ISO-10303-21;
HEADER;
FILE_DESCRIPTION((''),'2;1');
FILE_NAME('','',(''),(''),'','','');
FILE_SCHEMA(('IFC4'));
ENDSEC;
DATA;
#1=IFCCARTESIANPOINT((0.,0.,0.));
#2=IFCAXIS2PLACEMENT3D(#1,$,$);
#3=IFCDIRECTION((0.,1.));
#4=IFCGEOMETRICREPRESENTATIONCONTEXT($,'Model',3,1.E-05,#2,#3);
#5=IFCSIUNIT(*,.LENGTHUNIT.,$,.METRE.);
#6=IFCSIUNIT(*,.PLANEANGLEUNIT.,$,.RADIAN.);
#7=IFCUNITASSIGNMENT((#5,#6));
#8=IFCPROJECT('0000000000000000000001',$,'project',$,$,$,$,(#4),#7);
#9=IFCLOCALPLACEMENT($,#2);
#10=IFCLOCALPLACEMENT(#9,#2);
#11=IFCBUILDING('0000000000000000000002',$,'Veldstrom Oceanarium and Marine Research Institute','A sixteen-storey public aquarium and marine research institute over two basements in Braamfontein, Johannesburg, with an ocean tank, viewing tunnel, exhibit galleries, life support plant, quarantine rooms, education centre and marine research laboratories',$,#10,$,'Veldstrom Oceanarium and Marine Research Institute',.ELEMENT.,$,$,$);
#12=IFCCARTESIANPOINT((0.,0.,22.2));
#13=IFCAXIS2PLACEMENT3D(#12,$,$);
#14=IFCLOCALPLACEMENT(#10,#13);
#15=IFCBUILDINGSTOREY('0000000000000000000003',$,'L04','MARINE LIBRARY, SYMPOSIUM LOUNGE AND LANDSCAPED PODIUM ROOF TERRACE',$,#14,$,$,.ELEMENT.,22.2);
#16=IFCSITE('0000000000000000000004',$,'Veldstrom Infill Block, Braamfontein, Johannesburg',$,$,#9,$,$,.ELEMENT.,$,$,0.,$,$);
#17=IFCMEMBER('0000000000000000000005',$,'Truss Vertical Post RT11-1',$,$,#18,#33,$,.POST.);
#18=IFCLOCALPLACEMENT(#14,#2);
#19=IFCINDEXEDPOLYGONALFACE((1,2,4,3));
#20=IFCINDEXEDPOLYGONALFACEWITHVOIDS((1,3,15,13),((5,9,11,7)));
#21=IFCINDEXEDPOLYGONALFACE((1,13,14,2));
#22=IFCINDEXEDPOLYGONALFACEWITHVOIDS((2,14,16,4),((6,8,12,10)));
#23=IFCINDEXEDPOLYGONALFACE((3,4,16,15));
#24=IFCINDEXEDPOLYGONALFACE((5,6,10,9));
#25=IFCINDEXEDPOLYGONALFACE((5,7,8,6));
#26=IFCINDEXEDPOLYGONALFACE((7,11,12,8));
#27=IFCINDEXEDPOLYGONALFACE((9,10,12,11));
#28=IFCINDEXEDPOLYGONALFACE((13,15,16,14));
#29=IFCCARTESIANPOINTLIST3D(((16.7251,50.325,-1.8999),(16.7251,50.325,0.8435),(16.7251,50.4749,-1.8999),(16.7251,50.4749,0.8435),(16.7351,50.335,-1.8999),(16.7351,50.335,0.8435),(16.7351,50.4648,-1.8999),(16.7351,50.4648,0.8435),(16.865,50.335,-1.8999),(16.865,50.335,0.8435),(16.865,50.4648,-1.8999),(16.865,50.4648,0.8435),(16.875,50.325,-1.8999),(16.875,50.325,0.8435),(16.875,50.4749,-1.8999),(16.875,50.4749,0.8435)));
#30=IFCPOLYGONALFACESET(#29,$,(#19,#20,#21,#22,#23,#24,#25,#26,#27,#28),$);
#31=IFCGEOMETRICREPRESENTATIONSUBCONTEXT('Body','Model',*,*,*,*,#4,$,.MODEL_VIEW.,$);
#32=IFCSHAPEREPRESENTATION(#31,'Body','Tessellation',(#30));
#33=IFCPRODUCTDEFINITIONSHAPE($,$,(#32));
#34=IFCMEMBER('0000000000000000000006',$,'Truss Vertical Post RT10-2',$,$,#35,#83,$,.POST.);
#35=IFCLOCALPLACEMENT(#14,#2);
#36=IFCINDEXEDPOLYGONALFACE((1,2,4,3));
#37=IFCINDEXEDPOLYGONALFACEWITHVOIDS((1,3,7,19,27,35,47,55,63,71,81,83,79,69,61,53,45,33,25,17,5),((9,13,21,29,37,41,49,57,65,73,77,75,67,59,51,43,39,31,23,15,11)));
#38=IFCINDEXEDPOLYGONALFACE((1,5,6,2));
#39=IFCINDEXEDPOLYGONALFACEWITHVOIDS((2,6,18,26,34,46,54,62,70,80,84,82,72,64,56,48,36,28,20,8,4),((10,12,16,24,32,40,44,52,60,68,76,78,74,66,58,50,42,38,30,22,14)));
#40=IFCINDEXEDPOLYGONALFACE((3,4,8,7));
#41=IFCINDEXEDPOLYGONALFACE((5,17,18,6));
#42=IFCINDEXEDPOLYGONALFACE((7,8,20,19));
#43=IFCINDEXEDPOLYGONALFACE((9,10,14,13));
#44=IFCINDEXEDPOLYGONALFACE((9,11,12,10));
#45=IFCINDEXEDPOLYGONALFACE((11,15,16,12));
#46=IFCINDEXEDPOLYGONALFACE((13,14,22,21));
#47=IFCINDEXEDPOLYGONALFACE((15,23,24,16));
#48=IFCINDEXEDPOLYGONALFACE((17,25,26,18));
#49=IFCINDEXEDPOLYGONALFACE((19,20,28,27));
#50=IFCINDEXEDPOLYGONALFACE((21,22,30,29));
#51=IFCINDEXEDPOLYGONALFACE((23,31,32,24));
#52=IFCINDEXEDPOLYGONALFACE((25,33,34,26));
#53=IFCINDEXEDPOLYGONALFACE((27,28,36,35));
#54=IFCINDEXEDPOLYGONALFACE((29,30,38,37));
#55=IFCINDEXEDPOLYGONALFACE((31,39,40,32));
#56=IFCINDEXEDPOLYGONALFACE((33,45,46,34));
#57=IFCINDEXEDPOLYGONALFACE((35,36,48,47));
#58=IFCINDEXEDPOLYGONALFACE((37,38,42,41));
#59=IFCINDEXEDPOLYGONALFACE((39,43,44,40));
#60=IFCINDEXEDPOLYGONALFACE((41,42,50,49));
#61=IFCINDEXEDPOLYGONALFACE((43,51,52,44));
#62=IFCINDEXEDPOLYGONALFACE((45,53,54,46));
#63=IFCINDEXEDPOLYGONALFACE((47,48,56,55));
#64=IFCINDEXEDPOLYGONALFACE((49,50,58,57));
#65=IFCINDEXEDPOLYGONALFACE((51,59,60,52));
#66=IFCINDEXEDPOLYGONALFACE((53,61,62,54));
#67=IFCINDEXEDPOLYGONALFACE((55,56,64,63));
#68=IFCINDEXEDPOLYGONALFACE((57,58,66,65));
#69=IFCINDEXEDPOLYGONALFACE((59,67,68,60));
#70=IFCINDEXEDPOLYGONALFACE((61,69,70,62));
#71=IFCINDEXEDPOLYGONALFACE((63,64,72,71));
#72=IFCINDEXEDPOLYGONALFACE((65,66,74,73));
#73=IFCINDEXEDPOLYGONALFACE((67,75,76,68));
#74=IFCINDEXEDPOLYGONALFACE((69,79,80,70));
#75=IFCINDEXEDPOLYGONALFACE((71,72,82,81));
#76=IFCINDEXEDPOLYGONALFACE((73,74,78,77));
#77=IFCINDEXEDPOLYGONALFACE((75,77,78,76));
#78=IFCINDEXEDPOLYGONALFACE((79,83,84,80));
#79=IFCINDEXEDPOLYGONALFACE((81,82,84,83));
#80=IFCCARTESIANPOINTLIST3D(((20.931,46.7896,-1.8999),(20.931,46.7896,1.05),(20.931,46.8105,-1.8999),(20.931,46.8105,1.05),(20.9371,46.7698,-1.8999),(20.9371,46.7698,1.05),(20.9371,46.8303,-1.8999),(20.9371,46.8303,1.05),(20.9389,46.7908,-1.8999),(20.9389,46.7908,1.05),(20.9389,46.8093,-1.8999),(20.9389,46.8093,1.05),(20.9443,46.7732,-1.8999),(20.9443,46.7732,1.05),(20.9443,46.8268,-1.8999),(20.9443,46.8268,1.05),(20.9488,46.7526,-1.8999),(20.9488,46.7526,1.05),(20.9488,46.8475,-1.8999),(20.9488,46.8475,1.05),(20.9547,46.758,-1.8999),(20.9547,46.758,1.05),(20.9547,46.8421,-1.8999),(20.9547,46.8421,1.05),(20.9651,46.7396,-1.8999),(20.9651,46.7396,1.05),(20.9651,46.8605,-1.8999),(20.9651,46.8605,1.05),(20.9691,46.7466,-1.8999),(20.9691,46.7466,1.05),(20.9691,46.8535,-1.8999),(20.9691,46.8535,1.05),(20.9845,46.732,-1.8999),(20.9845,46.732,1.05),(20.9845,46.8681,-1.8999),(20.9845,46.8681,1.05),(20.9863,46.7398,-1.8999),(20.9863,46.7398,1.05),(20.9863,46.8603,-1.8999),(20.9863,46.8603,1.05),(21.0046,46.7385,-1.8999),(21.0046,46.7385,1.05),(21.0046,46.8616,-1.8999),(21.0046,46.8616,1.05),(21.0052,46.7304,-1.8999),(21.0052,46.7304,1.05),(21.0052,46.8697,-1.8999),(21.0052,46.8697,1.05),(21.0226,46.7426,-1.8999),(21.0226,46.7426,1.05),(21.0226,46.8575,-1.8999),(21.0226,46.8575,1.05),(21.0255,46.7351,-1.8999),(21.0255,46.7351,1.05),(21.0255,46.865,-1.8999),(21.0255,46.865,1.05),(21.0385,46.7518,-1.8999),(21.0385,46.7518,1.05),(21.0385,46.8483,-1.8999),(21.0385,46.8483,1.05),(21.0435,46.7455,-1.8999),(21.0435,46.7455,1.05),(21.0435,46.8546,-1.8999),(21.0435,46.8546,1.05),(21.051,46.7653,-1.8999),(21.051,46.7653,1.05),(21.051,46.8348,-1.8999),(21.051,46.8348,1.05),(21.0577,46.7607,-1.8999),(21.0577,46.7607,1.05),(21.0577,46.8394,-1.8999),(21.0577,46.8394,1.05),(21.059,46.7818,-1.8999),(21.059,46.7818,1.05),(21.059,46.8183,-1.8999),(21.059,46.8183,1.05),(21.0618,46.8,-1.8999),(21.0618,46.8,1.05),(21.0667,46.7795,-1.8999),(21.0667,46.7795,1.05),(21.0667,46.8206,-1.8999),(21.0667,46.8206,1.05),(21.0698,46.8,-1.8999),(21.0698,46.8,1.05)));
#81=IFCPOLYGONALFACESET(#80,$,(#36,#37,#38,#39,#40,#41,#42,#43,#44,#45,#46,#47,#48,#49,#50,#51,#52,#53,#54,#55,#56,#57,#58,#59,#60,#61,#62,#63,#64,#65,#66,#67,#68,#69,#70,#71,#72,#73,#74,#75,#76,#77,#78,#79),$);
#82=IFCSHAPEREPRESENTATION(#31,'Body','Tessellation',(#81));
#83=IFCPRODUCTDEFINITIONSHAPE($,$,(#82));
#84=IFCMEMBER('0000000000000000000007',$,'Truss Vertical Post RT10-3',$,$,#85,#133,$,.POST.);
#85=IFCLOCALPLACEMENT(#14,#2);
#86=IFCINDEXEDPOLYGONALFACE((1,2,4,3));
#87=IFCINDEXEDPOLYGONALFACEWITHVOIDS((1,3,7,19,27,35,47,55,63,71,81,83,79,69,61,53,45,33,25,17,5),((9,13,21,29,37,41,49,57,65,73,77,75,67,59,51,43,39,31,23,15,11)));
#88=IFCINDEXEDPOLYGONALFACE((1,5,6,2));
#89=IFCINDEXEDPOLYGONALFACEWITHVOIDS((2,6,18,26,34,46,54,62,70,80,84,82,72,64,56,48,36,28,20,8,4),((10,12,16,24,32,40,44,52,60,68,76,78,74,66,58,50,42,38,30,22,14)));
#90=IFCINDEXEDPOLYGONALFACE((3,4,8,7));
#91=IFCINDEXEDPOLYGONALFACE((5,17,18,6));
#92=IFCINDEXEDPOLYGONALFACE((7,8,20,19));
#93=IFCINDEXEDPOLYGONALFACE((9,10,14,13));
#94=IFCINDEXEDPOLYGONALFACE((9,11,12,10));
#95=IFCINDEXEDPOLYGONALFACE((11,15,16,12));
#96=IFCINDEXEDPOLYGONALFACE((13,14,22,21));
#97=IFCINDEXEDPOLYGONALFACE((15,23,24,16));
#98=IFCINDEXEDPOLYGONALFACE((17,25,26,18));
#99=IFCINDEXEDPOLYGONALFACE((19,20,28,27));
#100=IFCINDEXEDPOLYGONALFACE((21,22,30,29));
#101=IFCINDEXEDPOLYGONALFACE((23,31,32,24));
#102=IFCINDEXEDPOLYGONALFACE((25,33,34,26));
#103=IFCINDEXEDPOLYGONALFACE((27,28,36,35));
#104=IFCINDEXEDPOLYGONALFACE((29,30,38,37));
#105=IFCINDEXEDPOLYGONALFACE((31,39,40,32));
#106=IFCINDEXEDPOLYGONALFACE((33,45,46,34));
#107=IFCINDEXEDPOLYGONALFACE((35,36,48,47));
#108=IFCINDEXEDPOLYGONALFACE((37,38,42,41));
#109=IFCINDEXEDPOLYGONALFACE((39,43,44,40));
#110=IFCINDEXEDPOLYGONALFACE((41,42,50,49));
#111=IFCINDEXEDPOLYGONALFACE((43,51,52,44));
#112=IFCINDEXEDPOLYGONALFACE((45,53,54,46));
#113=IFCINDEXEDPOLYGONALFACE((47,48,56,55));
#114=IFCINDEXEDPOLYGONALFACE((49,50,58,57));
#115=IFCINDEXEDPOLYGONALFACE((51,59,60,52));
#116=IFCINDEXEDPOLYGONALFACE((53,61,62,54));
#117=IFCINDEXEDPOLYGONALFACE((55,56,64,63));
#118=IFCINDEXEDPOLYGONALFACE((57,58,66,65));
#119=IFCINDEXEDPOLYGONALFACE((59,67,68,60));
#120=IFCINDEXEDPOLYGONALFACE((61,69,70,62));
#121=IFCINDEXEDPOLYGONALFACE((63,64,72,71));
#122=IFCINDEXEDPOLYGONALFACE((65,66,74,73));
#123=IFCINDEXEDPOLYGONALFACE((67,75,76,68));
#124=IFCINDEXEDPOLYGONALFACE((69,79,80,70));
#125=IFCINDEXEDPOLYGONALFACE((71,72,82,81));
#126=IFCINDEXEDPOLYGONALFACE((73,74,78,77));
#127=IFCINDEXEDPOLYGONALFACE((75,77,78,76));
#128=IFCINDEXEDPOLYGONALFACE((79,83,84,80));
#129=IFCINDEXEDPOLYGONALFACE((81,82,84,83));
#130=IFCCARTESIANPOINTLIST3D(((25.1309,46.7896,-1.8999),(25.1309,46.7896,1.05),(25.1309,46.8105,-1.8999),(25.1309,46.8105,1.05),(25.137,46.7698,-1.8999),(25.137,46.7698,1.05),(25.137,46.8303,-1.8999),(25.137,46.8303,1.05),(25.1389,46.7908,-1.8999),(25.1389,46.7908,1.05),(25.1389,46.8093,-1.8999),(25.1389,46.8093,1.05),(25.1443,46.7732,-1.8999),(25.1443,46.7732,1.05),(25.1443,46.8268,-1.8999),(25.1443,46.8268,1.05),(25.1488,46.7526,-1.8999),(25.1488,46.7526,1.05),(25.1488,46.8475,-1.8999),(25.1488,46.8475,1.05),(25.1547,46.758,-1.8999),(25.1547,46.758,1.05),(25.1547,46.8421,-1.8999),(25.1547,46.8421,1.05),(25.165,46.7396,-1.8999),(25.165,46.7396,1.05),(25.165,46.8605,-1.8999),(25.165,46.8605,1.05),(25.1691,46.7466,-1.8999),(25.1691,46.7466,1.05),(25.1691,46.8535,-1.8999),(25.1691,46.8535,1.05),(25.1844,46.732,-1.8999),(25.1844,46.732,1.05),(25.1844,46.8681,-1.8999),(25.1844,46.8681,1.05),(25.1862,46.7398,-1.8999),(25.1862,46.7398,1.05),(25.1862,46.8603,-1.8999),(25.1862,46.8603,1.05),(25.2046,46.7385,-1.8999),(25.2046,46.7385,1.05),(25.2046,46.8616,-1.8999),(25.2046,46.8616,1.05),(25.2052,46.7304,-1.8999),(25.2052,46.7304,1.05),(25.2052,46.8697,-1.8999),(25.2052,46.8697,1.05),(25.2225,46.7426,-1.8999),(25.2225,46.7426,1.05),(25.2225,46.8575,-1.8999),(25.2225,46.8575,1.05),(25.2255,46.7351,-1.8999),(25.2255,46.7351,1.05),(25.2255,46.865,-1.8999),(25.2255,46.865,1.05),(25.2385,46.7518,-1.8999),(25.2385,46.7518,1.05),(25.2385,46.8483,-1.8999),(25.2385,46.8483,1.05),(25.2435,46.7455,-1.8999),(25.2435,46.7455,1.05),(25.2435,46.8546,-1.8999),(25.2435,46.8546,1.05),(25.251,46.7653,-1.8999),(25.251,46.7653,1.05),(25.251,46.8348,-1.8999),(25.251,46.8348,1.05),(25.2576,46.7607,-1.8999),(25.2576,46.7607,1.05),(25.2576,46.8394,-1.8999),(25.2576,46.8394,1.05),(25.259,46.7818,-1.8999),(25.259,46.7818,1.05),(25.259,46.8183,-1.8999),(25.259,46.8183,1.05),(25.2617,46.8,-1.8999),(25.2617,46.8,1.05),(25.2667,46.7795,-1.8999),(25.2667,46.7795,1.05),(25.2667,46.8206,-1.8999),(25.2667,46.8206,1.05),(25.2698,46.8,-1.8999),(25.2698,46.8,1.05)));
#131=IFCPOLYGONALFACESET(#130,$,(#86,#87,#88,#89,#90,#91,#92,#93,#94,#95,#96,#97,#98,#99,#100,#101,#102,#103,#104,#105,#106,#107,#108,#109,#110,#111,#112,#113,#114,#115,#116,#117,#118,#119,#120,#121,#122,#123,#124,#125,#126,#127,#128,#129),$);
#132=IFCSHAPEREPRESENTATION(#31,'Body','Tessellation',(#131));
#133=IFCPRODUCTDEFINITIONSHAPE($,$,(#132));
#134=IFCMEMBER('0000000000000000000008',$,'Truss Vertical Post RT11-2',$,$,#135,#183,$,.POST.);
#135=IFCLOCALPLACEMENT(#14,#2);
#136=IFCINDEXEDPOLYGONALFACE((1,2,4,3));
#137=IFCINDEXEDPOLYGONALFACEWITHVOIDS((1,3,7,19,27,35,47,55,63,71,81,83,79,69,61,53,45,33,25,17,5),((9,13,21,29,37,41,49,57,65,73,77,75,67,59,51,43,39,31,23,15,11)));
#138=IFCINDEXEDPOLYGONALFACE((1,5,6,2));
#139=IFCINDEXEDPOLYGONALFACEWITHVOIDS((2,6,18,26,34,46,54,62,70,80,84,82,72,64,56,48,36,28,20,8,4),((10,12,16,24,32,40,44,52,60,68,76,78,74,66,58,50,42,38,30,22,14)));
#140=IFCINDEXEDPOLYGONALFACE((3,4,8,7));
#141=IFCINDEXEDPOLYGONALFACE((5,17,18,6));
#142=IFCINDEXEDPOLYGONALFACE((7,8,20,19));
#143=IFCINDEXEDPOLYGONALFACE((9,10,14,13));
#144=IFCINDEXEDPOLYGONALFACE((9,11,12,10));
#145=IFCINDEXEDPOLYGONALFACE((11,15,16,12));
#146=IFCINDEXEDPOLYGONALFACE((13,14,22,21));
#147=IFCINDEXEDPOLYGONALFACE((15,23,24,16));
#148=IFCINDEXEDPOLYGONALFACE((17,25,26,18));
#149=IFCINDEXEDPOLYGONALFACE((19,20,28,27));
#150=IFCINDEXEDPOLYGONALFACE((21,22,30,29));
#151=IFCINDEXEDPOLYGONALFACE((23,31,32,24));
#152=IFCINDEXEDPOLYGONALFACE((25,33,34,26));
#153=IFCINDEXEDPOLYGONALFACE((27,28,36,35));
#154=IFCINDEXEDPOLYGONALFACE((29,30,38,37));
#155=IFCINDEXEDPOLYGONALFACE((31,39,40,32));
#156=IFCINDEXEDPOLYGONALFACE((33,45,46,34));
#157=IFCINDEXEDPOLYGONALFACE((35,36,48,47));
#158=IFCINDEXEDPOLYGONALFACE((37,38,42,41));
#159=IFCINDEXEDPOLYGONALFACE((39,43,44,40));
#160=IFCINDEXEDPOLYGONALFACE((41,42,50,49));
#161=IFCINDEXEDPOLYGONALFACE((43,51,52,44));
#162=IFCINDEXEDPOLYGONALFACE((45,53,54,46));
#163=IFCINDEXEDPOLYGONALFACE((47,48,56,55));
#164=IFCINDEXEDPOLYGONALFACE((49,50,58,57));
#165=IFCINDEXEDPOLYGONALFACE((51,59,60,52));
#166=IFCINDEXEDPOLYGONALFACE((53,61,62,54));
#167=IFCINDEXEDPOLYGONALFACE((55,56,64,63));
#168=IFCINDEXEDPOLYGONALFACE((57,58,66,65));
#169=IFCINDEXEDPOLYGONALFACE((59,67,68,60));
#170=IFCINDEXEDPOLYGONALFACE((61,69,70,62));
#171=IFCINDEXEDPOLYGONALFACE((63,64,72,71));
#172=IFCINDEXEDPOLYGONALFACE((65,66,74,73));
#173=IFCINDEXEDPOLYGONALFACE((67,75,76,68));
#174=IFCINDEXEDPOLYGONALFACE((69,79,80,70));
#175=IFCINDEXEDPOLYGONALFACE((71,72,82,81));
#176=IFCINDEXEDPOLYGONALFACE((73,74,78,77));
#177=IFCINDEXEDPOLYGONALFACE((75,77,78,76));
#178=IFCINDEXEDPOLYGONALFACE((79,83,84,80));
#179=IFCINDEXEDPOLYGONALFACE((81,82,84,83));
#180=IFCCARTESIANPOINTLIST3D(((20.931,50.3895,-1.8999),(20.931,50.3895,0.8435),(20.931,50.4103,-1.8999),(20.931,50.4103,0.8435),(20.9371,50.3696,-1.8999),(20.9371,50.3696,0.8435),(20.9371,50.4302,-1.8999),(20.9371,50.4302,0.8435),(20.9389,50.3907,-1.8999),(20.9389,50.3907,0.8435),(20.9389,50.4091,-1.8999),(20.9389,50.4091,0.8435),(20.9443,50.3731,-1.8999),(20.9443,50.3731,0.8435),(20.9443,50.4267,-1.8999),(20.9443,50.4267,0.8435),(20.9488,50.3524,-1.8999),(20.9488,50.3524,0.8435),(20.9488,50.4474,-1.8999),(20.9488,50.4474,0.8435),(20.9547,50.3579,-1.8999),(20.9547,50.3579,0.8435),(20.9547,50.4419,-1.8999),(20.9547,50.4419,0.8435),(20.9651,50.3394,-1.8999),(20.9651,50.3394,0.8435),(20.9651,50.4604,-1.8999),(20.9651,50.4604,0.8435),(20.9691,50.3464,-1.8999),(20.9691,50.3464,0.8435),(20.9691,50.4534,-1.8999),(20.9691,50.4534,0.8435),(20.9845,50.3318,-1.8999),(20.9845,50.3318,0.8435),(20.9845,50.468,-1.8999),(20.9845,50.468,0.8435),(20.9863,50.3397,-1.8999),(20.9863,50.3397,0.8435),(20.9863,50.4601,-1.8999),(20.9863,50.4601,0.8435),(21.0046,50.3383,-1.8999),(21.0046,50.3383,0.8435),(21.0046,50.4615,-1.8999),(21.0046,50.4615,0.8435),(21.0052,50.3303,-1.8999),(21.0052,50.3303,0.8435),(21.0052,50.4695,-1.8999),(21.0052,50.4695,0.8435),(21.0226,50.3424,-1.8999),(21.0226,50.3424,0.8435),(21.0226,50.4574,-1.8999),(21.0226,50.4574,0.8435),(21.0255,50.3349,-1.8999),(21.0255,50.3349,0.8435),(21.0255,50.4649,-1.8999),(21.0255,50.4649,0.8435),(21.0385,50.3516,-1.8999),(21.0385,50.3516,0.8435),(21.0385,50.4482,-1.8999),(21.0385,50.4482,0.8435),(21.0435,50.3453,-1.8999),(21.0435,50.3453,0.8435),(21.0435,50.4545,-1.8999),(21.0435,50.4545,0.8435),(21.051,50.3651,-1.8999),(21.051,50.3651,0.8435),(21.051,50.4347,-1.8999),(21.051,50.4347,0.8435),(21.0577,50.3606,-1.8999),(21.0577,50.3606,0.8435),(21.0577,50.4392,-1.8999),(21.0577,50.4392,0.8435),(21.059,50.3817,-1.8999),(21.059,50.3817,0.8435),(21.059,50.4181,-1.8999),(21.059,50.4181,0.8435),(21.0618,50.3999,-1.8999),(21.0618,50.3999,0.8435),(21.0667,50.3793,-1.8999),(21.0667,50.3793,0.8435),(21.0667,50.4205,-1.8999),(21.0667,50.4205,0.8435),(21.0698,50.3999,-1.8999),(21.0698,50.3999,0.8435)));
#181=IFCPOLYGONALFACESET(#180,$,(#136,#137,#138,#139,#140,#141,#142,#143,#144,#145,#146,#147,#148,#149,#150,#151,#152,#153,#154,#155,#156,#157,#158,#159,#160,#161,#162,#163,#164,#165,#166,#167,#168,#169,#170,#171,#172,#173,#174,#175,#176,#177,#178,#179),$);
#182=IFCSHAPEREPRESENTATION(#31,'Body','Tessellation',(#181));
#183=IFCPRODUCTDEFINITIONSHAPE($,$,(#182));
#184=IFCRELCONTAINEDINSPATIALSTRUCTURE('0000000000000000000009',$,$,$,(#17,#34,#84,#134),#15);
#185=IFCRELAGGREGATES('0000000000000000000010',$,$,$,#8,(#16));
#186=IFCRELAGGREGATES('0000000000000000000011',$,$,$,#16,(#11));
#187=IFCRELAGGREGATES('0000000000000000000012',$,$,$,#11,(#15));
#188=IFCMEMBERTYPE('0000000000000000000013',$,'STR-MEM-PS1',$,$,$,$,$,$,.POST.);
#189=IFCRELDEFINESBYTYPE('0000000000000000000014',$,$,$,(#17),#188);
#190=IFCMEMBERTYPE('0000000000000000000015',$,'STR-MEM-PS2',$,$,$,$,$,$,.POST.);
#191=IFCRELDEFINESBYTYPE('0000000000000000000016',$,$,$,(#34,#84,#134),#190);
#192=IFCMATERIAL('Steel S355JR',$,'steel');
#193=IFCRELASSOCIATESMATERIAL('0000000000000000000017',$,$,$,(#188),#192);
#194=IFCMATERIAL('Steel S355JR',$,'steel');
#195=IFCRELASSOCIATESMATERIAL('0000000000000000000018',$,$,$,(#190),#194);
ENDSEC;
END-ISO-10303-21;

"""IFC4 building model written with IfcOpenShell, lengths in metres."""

from ifc_helpers import new_model, si_unit, direction, frame, origin, origin_2d, place, context, subcontext, project, spatial, hollow_rectangle, hollow_circle, extrude, material, material_profile, profile_set, type_object, element, save


model = new_model("IFC4")

# Units and contexts
model_context = context("Model", 3, precision=1e-05, world=origin(), true_north=direction((0.0, 1.0)))
body_context = subcontext(model_context, "Body", "Model", "MODEL_VIEW")
ifc_project = project(units=[si_unit("LENGTHUNIT", "METRE"), si_unit("PLANEANGLEUNIT", "RADIAN")], contexts=[model_context])

# Site, building, storey
site_placement = place(None, origin())
site = spatial("IfcSite", under=ifc_project, at=site_placement, Name="Veldstrom Infill Block, Braamfontein, Johannesburg", CompositionType="ELEMENT", RefElevation=0.0)
building_placement = place(site_placement, origin())
building = spatial("IfcBuilding", under=site, at=building_placement, Name="Veldstrom Oceanarium and Marine Research Institute", Description="A sixteen-storey public aquarium and marine research institute over two basements in Braamfontein, Johannesburg, with an ocean tank, viewing tunnel, exhibit galleries, life support plant, quarantine rooms, education centre and marine research laboratories", LongName="Veldstrom Oceanarium and Marine Research Institute", CompositionType="ELEMENT")
storey_placement = place(building_placement, frame((0.0, 0.0, 22.2)))
storey = spatial("IfcBuildingStorey", under=building, at=storey_placement, Name="L04", Description="MARINE LIBRARY, SYMPOSIUM LOUNGE AND LANDSCAPED PODIUM ROOF TERRACE", CompositionType="ELEMENT", Elevation=22.2)

# Members
ifc_material_1 = material(Name="Steel S355JR", Category="steel")
ifc_material_profile_1 = material_profile(ifc_material_1, hollow_rectangle(XDim=0.1499, YDim=0.1499, WallThickness=0.01, at=origin_2d()), Name="SHS 150x150x10")
ifc_profile_set_1 = profile_set([ifc_material_profile_1], Name="Steel S355JR")
member_type_1 = type_object("IfcMemberType", Name="STR-MEM-PS1", PredefinedType="POST", material=ifc_profile_set_1)
member_1_placement = place(storey_placement, frame((16.8, 50.3999, -1.8999), z_axis=(0.0, 0.0, 1.0), x_axis=(1.0, 0.0, 0.0)))
element("IfcMember", 1, at=member_1_placement, inside=storey, type_object=member_type_1, Name="Truss Vertical Post RT11-1", PredefinedType="POST", context=body_context, shape_type="SweptSolid", body=[
    extrude(hollow_rectangle(XDim=0.1499, YDim=0.1499, WallThickness=0.01, at=origin_2d()), origin(), (0.0, 0.0, 1.0), 2.7434),
])
ifc_material_2 = material(Name="Steel S355JR", Category="steel")
ifc_material_profile_2 = material_profile(ifc_material_2, hollow_circle(Radius=0.0698, WallThickness=0.0081, at=origin_2d()), Name="CHS 139.7x8")
ifc_profile_set_2 = profile_set([ifc_material_profile_2], Name="Steel S355JR")
member_type_2 = type_object("IfcMemberType", Name="STR-MEM-PS2", PredefinedType="POST", material=ifc_profile_set_2)
for number, where, z_axis, x_axis, name in (
    (2, (21.0, 46.8, -1.8999), (0.0, 0.0, 1.0), (1.0, 0.0, 0.0), "Truss Vertical Post RT10-2"),
    (3, (25.2, 46.8, -1.8999), (0.0, 0.0, 1.0), (1.0, 0.0, 0.0), "Truss Vertical Post RT10-3"),
):
    element("IfcMember", number, at=place(storey_placement, frame(where, z_axis=z_axis, x_axis=x_axis)), inside=storey, type_object=member_type_2, Name=name, PredefinedType="POST", context=body_context, shape_type="SweptSolid", body=[
        extrude(hollow_circle(Radius=0.0698, WallThickness=0.0081, at=origin_2d()), origin(), (0.0, 0.0, 1.0), 2.95),
    ])
for number, where, z_axis, x_axis, name in (
    (4, (21.0, 50.3999, -1.8999), (0.0, 0.0, 1.0), (1.0, 0.0, 0.0), "Truss Vertical Post RT11-2"),
):
    element("IfcMember", number, at=place(storey_placement, frame(where, z_axis=z_axis, x_axis=x_axis)), inside=storey, type_object=member_type_2, Name=name, PredefinedType="POST", context=body_context, shape_type="SweptSolid", body=[
        extrude(hollow_circle(Radius=0.0698, WallThickness=0.0081, at=origin_2d()), origin(), (0.0, 0.0, 1.0), 2.7434),
    ])

save(model, "model.ifc")
